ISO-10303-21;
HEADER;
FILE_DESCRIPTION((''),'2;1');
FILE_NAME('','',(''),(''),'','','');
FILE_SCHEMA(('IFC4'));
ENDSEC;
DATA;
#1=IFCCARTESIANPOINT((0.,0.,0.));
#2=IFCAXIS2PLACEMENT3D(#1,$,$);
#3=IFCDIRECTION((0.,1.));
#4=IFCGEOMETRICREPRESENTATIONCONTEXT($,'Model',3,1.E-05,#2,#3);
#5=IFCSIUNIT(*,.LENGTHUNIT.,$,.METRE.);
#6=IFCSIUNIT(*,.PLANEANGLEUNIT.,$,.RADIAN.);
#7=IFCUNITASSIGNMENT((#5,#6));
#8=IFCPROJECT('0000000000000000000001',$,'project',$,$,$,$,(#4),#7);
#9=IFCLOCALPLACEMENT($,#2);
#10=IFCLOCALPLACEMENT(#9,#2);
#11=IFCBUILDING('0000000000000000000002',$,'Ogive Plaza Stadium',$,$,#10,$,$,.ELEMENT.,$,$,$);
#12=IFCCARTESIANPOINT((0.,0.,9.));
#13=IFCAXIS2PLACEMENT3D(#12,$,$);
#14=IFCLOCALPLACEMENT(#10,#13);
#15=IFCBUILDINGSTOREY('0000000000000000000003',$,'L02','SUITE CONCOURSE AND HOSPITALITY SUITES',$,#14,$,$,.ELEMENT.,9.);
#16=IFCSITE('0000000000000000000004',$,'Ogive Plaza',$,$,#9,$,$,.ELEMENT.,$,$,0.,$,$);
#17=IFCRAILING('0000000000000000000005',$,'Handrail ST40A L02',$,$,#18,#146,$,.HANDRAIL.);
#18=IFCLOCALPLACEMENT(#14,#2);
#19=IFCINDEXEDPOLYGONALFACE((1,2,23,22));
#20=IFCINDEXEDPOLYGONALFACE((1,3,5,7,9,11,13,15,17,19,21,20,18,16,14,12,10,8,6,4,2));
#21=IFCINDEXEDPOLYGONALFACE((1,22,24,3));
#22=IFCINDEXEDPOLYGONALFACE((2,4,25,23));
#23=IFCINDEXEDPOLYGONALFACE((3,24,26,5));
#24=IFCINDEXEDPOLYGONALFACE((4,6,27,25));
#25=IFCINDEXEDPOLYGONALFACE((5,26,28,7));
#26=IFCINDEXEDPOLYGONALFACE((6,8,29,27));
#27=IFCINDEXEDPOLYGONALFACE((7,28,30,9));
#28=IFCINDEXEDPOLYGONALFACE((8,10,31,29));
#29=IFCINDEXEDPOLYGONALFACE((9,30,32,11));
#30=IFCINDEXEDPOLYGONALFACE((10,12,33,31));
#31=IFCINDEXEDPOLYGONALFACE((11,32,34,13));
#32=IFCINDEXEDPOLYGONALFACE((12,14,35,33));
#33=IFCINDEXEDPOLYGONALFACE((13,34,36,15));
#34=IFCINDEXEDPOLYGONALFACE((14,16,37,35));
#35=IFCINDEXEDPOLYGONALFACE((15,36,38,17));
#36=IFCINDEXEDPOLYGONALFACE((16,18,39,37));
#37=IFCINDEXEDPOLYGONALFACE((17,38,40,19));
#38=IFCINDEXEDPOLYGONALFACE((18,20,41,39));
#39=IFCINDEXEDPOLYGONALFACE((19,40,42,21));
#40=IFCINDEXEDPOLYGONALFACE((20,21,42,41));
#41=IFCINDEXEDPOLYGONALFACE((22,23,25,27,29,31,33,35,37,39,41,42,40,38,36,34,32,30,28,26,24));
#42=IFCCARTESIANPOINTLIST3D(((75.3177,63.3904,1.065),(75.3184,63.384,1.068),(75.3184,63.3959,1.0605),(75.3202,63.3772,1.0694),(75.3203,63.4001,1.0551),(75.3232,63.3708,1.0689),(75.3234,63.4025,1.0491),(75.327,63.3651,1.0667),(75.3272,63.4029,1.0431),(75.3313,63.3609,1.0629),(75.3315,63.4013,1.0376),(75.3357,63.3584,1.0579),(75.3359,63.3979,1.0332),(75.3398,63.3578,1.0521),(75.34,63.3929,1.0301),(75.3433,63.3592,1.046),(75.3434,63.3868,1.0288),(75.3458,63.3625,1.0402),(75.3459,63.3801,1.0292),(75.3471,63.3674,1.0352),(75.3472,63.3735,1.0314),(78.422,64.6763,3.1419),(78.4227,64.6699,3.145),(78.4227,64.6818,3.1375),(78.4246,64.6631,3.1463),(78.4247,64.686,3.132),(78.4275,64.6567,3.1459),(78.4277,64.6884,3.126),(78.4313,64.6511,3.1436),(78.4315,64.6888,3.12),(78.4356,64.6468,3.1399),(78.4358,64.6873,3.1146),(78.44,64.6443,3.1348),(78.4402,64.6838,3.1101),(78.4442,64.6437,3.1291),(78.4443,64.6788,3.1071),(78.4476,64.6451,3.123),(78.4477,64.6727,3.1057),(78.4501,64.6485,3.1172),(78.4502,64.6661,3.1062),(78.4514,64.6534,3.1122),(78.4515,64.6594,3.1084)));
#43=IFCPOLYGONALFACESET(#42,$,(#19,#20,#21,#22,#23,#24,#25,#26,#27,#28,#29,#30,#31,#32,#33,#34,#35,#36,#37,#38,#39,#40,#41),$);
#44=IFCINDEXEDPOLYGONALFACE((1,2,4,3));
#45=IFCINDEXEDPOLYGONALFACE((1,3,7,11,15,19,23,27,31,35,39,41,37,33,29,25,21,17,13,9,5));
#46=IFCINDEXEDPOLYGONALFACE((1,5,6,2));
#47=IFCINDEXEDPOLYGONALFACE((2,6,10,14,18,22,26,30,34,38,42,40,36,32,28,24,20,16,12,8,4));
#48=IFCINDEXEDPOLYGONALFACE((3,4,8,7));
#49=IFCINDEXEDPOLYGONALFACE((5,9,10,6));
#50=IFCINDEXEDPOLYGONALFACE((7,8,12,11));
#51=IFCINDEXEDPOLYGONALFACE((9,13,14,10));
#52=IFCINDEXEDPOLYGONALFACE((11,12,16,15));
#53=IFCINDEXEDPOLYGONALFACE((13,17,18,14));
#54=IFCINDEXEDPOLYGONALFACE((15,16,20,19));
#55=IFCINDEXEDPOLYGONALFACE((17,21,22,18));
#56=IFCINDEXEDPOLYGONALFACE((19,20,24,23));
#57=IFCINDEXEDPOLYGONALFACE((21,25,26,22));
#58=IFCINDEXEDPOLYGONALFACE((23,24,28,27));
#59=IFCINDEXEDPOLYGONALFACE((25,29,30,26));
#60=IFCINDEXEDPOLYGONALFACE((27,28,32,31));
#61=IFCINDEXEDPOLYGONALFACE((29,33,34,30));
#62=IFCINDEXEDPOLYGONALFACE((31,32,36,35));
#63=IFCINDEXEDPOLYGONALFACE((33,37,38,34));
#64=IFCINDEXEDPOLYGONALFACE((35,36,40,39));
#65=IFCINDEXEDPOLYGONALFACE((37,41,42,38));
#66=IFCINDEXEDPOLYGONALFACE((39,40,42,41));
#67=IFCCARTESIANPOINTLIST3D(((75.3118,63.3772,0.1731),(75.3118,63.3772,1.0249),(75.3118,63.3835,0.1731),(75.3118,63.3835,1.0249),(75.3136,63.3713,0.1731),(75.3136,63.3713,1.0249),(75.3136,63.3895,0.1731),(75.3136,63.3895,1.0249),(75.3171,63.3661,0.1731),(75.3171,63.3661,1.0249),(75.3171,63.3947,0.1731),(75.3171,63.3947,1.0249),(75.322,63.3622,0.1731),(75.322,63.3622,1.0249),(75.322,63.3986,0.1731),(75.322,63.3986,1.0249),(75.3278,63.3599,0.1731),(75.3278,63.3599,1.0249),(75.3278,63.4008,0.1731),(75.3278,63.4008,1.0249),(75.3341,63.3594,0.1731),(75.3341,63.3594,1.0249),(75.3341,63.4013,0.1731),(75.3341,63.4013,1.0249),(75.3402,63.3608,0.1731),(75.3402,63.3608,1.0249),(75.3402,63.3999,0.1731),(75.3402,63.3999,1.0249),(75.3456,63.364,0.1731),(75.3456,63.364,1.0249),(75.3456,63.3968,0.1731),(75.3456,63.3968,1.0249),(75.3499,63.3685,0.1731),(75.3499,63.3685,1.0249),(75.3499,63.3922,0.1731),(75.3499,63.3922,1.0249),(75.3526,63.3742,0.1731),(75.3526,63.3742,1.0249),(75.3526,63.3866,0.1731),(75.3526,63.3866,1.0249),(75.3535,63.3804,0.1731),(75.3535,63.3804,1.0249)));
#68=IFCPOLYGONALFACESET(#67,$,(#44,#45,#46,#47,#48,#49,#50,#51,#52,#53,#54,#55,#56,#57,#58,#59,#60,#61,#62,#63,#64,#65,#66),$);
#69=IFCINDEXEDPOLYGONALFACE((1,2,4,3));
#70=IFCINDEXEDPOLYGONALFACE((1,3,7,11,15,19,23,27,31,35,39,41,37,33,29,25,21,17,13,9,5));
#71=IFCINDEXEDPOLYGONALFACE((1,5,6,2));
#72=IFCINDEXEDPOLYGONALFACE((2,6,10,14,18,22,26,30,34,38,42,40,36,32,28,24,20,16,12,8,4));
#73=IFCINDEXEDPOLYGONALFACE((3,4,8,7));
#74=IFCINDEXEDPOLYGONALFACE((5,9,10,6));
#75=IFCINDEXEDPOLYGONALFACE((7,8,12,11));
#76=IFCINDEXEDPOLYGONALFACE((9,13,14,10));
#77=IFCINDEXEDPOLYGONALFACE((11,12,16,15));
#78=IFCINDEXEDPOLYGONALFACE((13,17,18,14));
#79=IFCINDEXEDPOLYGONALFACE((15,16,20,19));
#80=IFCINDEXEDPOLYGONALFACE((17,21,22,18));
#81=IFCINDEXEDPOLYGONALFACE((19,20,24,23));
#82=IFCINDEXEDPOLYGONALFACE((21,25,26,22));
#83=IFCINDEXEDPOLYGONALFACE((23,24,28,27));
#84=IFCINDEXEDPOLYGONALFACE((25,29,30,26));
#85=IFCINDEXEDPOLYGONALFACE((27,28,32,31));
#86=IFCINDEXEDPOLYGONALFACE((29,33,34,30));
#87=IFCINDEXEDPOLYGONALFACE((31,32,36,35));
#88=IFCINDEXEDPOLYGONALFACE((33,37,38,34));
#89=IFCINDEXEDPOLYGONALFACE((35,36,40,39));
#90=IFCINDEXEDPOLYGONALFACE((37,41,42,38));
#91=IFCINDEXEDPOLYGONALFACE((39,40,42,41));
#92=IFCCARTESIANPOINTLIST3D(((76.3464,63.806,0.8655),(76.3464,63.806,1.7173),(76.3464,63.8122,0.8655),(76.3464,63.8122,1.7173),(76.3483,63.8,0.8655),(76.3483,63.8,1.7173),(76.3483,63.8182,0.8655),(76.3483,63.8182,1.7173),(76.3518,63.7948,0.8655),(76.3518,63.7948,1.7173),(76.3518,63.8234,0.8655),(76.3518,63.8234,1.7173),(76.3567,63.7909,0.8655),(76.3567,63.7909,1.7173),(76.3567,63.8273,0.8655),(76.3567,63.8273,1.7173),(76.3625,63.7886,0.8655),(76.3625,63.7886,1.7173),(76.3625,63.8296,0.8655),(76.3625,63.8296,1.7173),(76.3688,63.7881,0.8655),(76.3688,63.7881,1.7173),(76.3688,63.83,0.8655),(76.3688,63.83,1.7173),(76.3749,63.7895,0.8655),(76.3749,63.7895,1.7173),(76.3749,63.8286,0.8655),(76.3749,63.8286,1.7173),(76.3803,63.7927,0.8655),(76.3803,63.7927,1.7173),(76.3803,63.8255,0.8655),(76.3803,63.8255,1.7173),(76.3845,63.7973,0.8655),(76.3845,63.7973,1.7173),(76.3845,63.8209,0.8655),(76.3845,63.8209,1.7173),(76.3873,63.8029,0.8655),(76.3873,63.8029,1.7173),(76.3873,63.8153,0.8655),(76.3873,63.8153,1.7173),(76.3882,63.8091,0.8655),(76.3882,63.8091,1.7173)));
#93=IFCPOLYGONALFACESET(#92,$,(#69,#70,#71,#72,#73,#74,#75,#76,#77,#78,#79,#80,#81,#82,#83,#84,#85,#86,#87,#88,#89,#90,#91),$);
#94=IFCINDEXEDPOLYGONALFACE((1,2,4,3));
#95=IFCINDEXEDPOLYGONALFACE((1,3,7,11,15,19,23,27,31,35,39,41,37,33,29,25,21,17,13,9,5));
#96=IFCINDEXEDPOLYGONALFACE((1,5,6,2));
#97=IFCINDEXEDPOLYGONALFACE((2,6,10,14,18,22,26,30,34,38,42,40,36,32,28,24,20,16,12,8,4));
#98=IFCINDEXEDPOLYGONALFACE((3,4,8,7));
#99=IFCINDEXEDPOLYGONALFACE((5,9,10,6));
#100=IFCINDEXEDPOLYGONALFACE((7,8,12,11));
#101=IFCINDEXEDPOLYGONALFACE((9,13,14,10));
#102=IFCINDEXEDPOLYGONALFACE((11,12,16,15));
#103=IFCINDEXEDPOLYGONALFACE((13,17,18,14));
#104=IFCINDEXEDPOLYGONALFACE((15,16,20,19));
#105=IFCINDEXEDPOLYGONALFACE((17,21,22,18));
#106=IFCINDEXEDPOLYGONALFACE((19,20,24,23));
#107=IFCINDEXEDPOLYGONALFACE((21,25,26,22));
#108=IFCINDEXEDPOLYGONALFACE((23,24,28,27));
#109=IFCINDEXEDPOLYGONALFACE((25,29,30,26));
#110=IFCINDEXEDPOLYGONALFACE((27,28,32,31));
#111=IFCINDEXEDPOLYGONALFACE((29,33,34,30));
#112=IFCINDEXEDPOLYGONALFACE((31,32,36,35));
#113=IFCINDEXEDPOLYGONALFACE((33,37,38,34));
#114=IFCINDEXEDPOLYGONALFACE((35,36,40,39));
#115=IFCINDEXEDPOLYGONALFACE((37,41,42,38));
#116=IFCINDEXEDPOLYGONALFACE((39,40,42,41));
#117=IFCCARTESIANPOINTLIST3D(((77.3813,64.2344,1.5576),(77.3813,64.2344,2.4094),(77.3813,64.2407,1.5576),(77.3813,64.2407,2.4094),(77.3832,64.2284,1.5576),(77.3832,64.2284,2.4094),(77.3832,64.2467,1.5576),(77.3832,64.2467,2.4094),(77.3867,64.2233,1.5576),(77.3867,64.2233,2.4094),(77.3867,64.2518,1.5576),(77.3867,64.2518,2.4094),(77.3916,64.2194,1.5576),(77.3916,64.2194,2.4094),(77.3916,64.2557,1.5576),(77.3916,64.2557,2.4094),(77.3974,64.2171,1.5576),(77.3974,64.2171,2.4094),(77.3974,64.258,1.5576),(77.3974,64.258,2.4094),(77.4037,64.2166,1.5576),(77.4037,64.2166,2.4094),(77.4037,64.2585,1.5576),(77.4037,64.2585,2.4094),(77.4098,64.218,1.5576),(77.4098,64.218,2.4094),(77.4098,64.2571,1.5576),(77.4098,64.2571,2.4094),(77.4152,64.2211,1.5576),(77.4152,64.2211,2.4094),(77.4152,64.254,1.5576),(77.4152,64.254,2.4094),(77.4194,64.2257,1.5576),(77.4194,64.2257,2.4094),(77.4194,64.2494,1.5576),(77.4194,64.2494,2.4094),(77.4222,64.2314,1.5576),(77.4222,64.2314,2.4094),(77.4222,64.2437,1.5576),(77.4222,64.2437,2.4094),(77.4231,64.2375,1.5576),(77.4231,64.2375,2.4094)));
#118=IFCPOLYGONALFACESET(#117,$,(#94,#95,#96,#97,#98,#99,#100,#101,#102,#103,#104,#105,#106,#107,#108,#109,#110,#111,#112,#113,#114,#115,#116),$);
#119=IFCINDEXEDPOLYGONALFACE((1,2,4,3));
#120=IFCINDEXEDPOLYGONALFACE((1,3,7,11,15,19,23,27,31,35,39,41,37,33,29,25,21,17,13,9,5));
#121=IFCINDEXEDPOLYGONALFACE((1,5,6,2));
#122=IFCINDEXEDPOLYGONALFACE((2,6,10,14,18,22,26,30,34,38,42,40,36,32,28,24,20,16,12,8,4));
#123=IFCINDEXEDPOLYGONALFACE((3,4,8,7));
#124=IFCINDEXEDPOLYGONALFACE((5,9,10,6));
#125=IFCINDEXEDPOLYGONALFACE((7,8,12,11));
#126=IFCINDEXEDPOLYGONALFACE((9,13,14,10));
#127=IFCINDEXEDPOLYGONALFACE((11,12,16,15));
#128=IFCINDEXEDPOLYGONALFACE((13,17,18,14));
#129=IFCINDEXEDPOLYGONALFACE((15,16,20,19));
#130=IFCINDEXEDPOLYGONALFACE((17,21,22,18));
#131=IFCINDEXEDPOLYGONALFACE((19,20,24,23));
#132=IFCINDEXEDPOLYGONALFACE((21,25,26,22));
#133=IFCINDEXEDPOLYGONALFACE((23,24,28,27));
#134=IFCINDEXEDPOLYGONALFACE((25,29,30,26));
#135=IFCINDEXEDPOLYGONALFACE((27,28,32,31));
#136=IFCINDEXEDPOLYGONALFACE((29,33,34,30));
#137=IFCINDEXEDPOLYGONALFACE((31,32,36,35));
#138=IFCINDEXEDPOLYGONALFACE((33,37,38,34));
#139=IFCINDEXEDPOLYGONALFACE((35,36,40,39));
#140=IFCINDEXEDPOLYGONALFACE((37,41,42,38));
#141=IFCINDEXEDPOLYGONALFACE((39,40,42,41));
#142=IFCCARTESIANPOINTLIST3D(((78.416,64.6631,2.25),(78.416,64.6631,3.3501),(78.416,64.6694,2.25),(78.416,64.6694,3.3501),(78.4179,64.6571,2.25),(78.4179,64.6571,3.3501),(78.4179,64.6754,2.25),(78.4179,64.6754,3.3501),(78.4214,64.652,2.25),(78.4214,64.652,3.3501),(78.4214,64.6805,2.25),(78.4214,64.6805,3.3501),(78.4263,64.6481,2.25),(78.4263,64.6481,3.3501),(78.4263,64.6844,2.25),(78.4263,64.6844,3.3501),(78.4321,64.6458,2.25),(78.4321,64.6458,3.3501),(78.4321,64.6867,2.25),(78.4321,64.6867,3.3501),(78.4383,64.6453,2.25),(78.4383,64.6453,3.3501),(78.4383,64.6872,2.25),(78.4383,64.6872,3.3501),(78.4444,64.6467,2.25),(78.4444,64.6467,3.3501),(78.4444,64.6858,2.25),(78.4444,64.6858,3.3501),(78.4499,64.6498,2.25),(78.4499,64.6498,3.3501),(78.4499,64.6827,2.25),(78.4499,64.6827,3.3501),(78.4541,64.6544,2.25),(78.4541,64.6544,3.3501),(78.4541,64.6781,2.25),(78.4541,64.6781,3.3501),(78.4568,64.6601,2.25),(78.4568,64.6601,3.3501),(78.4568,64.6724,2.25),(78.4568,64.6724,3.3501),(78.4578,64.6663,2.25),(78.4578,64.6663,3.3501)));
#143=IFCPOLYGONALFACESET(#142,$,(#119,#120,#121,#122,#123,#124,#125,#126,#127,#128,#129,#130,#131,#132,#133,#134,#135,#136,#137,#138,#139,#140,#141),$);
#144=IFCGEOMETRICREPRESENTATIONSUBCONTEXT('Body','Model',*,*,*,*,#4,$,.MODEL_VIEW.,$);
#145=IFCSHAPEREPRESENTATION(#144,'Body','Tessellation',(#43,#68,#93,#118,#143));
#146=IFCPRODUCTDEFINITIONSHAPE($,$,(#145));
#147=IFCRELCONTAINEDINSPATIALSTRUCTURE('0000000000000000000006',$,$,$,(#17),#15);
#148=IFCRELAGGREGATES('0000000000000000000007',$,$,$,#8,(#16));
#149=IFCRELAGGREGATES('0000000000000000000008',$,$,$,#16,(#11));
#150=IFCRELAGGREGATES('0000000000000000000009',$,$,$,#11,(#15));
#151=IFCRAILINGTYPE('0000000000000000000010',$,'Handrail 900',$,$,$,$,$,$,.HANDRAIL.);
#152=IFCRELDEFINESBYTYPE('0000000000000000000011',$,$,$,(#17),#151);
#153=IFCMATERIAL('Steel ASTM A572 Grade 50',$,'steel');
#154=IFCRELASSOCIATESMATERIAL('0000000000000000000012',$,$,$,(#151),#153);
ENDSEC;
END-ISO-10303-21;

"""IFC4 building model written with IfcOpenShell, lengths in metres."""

from ifc_helpers import new_model, si_unit, direction, frame, origin, origin_2d, place, context, subcontext, project, spatial, circle, extrude, material, type_object, element, save


model = new_model("IFC4")

# Units and contexts
model_context = context("Model", 3, precision=1e-05, world=origin(), true_north=direction((0.0, 1.0)))
body_context = subcontext(model_context, "Body", "Model", "MODEL_VIEW")
ifc_project = project(units=[si_unit("LENGTHUNIT", "METRE"), si_unit("PLANEANGLEUNIT", "RADIAN")], contexts=[model_context])

# Site, building, storey
site_placement = place(None, origin())
site = spatial("IfcSite", under=ifc_project, at=site_placement, Name="Ogive Plaza", CompositionType="ELEMENT", RefElevation=0.0)
building_placement = place(site_placement, origin())
building = spatial("IfcBuilding", under=site, at=building_placement, Name="Ogive Plaza Stadium", CompositionType="ELEMENT")
storey_placement = place(building_placement, frame((0.0, 0.0, 9.0)))
storey = spatial("IfcBuildingStorey", under=building, at=storey_placement, Name="L02", Description="SUITE CONCOURSE AND HOSPITALITY SUITES", CompositionType="ELEMENT", Elevation=9.0)

# Railing
ifc_material_1 = material(Name="Steel ASTM A572 Grade 50", Category="steel")
railing_type = type_object("IfcRailingType", Name="Handrail 900", PredefinedType="HANDRAIL", material=ifc_material_1)
for number, where, name in (
    (1, (75.3325, 63.3804, 0.1731), "Handrail ST40A L02"),
):
    element("IfcRailing", number, at=place(storey_placement, frame(where)), inside=storey, type_object=railing_type, Name=name, PredefinedType="HANDRAIL", context=body_context, shape_type="SweptSolid", body=[
        extrude(circle(Radius=0.0239, at=origin_2d()), frame((0.0, 0.0, 0.876), z_axis=(0.785863, 0.325532, 0.525783), x_axis=(-0.3827, 0.923872, 0.0)), (0.0, 0.0, 1.0), 3.9502),
        extrude(circle(Radius=0.021, at=origin_2d()), origin(), (0.0, 0.0, 1.0), 0.8518),
        extrude(circle(Radius=0.021, at=origin_2d()), frame((1.0347, 0.4287, 0.6924)), (0.0, 0.0, 1.0), 0.8518),
        extrude(circle(Radius=0.021, at=origin_2d()), frame((2.0696, 0.8572, 1.3845)), (0.0, 0.0, 1.0), 0.8518),
        extrude(circle(Radius=0.021, at=origin_2d()), frame((3.1042, 1.2859, 2.0769)), (0.0, 0.0, 1.0), 1.1001),
    ])

save(model, "model.ifc")
